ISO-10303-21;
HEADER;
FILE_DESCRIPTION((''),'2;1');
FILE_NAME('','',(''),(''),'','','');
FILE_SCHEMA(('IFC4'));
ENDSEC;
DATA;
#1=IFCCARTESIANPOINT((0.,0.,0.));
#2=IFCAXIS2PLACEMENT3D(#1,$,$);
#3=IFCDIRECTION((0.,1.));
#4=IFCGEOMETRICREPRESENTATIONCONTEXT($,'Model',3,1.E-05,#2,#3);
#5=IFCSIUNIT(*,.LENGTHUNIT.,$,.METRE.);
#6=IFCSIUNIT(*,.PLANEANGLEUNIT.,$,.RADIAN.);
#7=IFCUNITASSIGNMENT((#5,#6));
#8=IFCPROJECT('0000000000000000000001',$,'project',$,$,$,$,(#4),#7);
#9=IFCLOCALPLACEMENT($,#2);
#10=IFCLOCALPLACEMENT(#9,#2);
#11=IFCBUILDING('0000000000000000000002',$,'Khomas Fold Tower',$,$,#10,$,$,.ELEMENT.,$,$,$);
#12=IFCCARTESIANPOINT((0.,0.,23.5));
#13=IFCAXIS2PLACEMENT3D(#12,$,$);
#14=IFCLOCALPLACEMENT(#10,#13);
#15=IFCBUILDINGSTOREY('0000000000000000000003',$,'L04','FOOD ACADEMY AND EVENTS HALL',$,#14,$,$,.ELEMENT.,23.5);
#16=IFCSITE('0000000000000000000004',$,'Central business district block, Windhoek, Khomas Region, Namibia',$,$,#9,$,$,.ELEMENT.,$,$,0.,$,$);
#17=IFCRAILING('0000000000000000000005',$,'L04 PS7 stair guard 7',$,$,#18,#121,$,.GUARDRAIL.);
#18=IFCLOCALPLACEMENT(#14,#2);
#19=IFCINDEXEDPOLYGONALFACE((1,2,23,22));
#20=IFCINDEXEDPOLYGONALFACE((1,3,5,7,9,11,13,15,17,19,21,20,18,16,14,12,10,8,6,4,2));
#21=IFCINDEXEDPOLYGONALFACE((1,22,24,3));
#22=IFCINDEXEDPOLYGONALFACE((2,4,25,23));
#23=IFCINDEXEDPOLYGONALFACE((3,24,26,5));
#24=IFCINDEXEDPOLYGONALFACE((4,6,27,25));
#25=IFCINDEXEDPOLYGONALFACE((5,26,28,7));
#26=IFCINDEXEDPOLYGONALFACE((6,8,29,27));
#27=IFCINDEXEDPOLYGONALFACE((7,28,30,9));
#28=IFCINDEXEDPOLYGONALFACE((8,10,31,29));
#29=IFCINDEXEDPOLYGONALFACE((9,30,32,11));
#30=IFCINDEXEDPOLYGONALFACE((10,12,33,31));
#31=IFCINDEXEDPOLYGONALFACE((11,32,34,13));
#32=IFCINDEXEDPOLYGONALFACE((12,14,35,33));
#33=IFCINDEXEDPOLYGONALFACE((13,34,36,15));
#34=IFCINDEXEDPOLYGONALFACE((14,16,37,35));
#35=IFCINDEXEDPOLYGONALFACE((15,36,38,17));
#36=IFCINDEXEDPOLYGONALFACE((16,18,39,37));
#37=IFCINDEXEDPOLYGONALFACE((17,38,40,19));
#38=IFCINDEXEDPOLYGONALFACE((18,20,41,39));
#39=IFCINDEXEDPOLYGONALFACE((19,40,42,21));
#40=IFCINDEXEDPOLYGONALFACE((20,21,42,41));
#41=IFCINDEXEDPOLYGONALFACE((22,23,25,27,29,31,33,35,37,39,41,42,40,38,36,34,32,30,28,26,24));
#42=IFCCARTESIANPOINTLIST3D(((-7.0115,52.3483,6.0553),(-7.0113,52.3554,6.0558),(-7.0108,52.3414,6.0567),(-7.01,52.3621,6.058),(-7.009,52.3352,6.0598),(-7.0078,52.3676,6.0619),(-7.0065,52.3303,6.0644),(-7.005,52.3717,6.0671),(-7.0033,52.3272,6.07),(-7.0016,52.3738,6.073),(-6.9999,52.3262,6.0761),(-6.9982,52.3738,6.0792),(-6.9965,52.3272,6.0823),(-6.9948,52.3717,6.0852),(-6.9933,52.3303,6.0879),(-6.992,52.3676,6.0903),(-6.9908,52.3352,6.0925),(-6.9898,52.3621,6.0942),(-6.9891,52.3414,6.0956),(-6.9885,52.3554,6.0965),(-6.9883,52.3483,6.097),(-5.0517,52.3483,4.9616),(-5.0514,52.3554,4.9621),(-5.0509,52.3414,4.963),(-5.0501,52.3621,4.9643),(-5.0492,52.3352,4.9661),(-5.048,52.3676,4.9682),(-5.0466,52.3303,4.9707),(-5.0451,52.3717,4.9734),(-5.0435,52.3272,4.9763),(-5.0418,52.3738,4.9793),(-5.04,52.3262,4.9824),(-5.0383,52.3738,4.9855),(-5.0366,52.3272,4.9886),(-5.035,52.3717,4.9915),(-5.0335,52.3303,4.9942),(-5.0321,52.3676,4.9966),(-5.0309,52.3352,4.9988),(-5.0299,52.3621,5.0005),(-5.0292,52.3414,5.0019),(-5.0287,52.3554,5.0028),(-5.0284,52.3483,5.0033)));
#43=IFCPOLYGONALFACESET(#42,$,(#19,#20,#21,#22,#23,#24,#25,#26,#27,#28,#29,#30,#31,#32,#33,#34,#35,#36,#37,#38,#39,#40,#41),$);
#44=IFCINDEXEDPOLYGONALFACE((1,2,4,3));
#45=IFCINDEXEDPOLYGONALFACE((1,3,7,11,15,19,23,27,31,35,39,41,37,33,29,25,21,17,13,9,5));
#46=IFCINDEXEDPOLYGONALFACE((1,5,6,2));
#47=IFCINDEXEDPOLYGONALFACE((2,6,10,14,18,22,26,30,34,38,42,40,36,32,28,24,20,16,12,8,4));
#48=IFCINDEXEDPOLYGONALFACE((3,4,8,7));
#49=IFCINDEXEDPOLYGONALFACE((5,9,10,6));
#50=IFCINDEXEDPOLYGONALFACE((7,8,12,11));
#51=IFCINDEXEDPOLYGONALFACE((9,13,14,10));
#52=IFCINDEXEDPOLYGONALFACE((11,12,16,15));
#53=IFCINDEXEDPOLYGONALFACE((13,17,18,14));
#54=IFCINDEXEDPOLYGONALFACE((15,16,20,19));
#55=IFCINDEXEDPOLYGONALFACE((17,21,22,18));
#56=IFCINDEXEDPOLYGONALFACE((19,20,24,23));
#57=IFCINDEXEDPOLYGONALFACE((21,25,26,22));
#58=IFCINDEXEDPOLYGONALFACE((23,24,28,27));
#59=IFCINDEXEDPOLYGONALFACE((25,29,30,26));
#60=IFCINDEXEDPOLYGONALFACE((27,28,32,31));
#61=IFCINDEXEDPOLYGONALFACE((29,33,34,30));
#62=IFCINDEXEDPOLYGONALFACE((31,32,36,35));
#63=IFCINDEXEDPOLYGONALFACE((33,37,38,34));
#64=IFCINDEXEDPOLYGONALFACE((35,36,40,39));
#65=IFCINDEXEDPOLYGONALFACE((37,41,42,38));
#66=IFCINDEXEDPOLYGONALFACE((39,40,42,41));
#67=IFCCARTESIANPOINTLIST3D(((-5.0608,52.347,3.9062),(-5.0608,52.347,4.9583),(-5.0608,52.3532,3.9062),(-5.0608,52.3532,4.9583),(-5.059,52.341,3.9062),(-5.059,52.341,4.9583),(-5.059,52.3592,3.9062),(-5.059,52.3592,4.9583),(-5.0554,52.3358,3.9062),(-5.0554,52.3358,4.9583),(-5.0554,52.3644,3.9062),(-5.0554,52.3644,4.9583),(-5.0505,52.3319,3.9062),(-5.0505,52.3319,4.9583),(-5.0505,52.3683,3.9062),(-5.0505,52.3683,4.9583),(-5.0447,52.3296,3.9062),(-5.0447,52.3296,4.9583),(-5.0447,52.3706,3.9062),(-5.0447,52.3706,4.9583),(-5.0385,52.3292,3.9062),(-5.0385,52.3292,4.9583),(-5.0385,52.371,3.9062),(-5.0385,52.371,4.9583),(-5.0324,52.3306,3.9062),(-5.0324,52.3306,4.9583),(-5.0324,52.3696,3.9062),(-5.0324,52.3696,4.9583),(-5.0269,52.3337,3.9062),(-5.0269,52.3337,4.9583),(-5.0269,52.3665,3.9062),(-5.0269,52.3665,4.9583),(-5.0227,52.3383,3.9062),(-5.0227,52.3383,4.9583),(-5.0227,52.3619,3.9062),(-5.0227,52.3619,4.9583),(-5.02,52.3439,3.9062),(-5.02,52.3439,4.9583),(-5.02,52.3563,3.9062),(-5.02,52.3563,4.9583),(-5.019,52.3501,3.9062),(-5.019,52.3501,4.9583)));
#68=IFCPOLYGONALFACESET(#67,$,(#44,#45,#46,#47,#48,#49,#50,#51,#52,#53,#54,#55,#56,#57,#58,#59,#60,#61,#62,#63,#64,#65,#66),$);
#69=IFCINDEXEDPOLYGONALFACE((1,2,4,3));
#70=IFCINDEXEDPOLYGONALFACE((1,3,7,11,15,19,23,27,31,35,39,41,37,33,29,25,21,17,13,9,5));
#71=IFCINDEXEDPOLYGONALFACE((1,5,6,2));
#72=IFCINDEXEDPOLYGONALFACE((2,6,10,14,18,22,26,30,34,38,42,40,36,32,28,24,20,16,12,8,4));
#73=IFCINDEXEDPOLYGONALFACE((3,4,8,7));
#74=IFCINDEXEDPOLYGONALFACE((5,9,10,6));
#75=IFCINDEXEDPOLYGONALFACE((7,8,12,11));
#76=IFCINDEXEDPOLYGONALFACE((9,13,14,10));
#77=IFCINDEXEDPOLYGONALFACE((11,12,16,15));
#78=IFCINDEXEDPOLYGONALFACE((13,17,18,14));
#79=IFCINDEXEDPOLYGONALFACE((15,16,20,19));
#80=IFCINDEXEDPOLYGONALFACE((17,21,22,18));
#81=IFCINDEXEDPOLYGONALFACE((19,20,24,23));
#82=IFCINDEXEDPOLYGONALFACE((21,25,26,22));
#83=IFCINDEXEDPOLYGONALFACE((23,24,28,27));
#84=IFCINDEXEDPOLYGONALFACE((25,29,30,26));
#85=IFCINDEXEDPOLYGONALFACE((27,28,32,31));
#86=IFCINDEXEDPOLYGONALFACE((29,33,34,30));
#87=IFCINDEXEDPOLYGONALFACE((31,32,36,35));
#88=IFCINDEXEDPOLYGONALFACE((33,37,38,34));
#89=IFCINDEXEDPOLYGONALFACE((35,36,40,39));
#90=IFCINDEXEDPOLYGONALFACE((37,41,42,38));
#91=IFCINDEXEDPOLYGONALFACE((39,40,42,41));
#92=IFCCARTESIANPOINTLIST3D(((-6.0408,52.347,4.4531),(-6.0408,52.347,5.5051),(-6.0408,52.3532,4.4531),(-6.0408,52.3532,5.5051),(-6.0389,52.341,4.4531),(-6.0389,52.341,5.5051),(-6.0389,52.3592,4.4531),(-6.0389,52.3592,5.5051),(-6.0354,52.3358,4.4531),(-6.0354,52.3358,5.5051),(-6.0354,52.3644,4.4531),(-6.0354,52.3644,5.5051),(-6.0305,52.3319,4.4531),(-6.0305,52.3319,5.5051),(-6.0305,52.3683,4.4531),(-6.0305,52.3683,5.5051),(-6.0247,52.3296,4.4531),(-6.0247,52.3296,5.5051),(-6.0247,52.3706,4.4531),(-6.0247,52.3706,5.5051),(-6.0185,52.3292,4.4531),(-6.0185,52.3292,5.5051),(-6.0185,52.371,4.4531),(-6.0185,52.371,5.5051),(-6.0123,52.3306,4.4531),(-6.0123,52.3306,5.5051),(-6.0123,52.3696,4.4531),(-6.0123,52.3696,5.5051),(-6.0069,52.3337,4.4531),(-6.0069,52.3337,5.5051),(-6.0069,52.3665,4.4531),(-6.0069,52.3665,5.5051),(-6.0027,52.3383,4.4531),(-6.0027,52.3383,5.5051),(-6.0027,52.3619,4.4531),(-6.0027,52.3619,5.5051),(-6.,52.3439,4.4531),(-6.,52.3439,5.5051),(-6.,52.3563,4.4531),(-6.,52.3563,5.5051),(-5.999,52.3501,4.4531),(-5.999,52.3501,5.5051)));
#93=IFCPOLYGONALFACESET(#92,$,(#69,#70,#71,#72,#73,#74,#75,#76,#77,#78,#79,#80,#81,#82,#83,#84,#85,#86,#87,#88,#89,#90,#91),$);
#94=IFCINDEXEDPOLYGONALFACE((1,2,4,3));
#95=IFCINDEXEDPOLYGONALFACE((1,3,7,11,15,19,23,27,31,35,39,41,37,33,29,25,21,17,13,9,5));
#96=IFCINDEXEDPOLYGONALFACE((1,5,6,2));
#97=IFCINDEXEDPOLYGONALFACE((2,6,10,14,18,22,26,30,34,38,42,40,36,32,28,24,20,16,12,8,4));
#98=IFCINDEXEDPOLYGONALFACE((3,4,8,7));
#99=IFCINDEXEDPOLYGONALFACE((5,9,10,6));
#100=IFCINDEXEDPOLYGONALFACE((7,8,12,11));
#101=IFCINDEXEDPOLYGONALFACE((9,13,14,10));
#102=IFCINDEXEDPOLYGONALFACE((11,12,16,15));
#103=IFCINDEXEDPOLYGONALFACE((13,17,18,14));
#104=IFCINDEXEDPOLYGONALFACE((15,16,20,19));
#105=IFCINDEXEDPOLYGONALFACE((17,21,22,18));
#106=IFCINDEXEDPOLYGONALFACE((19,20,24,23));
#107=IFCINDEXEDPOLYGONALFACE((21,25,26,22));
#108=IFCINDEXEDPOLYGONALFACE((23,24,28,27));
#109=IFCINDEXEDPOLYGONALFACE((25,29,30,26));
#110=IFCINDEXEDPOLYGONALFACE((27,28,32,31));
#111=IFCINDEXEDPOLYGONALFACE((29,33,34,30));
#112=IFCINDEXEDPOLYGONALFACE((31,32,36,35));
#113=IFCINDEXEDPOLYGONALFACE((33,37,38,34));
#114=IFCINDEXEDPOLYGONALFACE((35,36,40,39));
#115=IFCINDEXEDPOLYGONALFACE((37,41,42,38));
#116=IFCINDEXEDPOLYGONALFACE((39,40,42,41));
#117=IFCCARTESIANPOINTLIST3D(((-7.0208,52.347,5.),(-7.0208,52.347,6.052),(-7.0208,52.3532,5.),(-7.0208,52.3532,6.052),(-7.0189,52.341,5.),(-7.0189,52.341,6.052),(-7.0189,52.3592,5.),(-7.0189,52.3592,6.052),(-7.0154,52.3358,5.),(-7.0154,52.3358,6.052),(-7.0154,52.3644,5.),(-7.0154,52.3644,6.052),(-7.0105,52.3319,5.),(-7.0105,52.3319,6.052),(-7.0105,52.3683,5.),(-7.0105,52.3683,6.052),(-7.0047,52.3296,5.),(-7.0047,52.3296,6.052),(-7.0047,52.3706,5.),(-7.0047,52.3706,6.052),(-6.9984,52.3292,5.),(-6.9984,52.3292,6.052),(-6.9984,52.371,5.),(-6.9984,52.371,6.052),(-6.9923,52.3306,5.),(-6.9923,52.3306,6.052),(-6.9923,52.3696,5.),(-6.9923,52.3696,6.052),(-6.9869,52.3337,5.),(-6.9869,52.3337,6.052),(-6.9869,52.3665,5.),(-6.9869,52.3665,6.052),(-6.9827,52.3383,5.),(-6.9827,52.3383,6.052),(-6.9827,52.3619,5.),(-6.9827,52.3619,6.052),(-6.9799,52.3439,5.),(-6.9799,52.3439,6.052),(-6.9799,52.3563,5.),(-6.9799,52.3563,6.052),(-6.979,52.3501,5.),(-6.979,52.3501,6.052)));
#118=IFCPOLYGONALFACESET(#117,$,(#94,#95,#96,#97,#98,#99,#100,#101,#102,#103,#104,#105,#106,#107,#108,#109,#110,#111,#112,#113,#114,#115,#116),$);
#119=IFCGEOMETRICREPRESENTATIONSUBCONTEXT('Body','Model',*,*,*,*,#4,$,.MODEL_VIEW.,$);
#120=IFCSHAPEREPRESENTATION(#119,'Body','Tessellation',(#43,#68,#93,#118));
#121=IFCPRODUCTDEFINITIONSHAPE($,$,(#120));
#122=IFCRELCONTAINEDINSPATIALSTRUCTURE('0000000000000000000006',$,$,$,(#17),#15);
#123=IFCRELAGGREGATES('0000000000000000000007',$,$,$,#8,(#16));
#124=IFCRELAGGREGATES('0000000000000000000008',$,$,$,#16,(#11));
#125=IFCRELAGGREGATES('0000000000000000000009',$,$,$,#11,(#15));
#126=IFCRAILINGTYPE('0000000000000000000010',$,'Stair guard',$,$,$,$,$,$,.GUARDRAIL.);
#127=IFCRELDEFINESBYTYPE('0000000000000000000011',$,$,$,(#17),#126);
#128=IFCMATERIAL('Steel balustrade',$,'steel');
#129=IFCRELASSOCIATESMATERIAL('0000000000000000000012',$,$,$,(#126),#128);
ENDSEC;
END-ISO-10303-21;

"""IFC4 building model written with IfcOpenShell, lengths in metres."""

from ifc_helpers import new_model, si_unit, direction, frame, origin, origin_2d, place, context, subcontext, project, spatial, circle, extrude, source, transform, mapped, material, type_object, element, save


model = new_model("IFC4")

# Units and contexts
model_context = context("Model", 3, precision=1e-05, world=origin(), true_north=direction((0.0, 1.0)))
body_context = subcontext(model_context, "Body", "Model", "MODEL_VIEW")
ifc_project = project(units=[si_unit("LENGTHUNIT", "METRE"), si_unit("PLANEANGLEUNIT", "RADIAN")], contexts=[model_context])

# Site, building, storey
site_placement = place(None, origin())
site = spatial("IfcSite", under=ifc_project, at=site_placement, Name="Central business district block, Windhoek, Khomas Region, Namibia", CompositionType="ELEMENT", RefElevation=0.0)
building_placement = place(site_placement, origin())
building = spatial("IfcBuilding", under=site, at=building_placement, Name="Khomas Fold Tower", CompositionType="ELEMENT")
storey_placement = place(building_placement, frame((0.0, 0.0, 23.5)))
storey = spatial("IfcBuildingStorey", under=building, at=storey_placement, Name="L04", Description="FOOD ACADEMY AND EVENTS HALL", CompositionType="ELEMENT", Elevation=23.5)

# Railing
ifc_material_1 = material(Name="Steel balustrade", Category="steel")
railing_type_1 = type_object("IfcRailingType", Name="Stair guard", PredefinedType="GUARDRAIL", material=ifc_material_1)
shared_shape_1 = source(origin(), body_context, "Body", "SweptSolid", [
    extrude(circle(Radius=0.0239, at=origin_2d()), frame((0.0, 0.0, 1.0762), z_axis=(-0.873232, 0.0, 0.487304), x_axis=(0.0, -1.0, 0.0)), (0.0, 0.0, 1.0), 2.2444),
    extrude(circle(Radius=0.021, at=origin_2d()), origin(), (0.0, 0.0, 1.0), 1.052),
    extrude(circle(Radius=0.021, at=origin_2d()), frame((-0.98, 0.0, 0.5469)), (0.0, 0.0, 1.0), 1.052),
    extrude(circle(Radius=0.021, at=origin_2d()), frame((-1.96, 0.0, 1.0938)), (0.0, 0.0, 1.0), 1.052),
])
for number, where, name in (
    (1, (-5.04, 52.3501, 3.9062), "L04 PS7 stair guard 7"),
):
    element("IfcRailing", number, at=place(storey_placement, frame(where)), inside=storey, type_object=railing_type_1, Name=name, PredefinedType="GUARDRAIL", context=body_context, shape_type="MappedRepresentation", body=[
        mapped(shared_shape_1, transform((0.0, 0.0, 0.0))),
    ])

save(model, "model.ifc")
